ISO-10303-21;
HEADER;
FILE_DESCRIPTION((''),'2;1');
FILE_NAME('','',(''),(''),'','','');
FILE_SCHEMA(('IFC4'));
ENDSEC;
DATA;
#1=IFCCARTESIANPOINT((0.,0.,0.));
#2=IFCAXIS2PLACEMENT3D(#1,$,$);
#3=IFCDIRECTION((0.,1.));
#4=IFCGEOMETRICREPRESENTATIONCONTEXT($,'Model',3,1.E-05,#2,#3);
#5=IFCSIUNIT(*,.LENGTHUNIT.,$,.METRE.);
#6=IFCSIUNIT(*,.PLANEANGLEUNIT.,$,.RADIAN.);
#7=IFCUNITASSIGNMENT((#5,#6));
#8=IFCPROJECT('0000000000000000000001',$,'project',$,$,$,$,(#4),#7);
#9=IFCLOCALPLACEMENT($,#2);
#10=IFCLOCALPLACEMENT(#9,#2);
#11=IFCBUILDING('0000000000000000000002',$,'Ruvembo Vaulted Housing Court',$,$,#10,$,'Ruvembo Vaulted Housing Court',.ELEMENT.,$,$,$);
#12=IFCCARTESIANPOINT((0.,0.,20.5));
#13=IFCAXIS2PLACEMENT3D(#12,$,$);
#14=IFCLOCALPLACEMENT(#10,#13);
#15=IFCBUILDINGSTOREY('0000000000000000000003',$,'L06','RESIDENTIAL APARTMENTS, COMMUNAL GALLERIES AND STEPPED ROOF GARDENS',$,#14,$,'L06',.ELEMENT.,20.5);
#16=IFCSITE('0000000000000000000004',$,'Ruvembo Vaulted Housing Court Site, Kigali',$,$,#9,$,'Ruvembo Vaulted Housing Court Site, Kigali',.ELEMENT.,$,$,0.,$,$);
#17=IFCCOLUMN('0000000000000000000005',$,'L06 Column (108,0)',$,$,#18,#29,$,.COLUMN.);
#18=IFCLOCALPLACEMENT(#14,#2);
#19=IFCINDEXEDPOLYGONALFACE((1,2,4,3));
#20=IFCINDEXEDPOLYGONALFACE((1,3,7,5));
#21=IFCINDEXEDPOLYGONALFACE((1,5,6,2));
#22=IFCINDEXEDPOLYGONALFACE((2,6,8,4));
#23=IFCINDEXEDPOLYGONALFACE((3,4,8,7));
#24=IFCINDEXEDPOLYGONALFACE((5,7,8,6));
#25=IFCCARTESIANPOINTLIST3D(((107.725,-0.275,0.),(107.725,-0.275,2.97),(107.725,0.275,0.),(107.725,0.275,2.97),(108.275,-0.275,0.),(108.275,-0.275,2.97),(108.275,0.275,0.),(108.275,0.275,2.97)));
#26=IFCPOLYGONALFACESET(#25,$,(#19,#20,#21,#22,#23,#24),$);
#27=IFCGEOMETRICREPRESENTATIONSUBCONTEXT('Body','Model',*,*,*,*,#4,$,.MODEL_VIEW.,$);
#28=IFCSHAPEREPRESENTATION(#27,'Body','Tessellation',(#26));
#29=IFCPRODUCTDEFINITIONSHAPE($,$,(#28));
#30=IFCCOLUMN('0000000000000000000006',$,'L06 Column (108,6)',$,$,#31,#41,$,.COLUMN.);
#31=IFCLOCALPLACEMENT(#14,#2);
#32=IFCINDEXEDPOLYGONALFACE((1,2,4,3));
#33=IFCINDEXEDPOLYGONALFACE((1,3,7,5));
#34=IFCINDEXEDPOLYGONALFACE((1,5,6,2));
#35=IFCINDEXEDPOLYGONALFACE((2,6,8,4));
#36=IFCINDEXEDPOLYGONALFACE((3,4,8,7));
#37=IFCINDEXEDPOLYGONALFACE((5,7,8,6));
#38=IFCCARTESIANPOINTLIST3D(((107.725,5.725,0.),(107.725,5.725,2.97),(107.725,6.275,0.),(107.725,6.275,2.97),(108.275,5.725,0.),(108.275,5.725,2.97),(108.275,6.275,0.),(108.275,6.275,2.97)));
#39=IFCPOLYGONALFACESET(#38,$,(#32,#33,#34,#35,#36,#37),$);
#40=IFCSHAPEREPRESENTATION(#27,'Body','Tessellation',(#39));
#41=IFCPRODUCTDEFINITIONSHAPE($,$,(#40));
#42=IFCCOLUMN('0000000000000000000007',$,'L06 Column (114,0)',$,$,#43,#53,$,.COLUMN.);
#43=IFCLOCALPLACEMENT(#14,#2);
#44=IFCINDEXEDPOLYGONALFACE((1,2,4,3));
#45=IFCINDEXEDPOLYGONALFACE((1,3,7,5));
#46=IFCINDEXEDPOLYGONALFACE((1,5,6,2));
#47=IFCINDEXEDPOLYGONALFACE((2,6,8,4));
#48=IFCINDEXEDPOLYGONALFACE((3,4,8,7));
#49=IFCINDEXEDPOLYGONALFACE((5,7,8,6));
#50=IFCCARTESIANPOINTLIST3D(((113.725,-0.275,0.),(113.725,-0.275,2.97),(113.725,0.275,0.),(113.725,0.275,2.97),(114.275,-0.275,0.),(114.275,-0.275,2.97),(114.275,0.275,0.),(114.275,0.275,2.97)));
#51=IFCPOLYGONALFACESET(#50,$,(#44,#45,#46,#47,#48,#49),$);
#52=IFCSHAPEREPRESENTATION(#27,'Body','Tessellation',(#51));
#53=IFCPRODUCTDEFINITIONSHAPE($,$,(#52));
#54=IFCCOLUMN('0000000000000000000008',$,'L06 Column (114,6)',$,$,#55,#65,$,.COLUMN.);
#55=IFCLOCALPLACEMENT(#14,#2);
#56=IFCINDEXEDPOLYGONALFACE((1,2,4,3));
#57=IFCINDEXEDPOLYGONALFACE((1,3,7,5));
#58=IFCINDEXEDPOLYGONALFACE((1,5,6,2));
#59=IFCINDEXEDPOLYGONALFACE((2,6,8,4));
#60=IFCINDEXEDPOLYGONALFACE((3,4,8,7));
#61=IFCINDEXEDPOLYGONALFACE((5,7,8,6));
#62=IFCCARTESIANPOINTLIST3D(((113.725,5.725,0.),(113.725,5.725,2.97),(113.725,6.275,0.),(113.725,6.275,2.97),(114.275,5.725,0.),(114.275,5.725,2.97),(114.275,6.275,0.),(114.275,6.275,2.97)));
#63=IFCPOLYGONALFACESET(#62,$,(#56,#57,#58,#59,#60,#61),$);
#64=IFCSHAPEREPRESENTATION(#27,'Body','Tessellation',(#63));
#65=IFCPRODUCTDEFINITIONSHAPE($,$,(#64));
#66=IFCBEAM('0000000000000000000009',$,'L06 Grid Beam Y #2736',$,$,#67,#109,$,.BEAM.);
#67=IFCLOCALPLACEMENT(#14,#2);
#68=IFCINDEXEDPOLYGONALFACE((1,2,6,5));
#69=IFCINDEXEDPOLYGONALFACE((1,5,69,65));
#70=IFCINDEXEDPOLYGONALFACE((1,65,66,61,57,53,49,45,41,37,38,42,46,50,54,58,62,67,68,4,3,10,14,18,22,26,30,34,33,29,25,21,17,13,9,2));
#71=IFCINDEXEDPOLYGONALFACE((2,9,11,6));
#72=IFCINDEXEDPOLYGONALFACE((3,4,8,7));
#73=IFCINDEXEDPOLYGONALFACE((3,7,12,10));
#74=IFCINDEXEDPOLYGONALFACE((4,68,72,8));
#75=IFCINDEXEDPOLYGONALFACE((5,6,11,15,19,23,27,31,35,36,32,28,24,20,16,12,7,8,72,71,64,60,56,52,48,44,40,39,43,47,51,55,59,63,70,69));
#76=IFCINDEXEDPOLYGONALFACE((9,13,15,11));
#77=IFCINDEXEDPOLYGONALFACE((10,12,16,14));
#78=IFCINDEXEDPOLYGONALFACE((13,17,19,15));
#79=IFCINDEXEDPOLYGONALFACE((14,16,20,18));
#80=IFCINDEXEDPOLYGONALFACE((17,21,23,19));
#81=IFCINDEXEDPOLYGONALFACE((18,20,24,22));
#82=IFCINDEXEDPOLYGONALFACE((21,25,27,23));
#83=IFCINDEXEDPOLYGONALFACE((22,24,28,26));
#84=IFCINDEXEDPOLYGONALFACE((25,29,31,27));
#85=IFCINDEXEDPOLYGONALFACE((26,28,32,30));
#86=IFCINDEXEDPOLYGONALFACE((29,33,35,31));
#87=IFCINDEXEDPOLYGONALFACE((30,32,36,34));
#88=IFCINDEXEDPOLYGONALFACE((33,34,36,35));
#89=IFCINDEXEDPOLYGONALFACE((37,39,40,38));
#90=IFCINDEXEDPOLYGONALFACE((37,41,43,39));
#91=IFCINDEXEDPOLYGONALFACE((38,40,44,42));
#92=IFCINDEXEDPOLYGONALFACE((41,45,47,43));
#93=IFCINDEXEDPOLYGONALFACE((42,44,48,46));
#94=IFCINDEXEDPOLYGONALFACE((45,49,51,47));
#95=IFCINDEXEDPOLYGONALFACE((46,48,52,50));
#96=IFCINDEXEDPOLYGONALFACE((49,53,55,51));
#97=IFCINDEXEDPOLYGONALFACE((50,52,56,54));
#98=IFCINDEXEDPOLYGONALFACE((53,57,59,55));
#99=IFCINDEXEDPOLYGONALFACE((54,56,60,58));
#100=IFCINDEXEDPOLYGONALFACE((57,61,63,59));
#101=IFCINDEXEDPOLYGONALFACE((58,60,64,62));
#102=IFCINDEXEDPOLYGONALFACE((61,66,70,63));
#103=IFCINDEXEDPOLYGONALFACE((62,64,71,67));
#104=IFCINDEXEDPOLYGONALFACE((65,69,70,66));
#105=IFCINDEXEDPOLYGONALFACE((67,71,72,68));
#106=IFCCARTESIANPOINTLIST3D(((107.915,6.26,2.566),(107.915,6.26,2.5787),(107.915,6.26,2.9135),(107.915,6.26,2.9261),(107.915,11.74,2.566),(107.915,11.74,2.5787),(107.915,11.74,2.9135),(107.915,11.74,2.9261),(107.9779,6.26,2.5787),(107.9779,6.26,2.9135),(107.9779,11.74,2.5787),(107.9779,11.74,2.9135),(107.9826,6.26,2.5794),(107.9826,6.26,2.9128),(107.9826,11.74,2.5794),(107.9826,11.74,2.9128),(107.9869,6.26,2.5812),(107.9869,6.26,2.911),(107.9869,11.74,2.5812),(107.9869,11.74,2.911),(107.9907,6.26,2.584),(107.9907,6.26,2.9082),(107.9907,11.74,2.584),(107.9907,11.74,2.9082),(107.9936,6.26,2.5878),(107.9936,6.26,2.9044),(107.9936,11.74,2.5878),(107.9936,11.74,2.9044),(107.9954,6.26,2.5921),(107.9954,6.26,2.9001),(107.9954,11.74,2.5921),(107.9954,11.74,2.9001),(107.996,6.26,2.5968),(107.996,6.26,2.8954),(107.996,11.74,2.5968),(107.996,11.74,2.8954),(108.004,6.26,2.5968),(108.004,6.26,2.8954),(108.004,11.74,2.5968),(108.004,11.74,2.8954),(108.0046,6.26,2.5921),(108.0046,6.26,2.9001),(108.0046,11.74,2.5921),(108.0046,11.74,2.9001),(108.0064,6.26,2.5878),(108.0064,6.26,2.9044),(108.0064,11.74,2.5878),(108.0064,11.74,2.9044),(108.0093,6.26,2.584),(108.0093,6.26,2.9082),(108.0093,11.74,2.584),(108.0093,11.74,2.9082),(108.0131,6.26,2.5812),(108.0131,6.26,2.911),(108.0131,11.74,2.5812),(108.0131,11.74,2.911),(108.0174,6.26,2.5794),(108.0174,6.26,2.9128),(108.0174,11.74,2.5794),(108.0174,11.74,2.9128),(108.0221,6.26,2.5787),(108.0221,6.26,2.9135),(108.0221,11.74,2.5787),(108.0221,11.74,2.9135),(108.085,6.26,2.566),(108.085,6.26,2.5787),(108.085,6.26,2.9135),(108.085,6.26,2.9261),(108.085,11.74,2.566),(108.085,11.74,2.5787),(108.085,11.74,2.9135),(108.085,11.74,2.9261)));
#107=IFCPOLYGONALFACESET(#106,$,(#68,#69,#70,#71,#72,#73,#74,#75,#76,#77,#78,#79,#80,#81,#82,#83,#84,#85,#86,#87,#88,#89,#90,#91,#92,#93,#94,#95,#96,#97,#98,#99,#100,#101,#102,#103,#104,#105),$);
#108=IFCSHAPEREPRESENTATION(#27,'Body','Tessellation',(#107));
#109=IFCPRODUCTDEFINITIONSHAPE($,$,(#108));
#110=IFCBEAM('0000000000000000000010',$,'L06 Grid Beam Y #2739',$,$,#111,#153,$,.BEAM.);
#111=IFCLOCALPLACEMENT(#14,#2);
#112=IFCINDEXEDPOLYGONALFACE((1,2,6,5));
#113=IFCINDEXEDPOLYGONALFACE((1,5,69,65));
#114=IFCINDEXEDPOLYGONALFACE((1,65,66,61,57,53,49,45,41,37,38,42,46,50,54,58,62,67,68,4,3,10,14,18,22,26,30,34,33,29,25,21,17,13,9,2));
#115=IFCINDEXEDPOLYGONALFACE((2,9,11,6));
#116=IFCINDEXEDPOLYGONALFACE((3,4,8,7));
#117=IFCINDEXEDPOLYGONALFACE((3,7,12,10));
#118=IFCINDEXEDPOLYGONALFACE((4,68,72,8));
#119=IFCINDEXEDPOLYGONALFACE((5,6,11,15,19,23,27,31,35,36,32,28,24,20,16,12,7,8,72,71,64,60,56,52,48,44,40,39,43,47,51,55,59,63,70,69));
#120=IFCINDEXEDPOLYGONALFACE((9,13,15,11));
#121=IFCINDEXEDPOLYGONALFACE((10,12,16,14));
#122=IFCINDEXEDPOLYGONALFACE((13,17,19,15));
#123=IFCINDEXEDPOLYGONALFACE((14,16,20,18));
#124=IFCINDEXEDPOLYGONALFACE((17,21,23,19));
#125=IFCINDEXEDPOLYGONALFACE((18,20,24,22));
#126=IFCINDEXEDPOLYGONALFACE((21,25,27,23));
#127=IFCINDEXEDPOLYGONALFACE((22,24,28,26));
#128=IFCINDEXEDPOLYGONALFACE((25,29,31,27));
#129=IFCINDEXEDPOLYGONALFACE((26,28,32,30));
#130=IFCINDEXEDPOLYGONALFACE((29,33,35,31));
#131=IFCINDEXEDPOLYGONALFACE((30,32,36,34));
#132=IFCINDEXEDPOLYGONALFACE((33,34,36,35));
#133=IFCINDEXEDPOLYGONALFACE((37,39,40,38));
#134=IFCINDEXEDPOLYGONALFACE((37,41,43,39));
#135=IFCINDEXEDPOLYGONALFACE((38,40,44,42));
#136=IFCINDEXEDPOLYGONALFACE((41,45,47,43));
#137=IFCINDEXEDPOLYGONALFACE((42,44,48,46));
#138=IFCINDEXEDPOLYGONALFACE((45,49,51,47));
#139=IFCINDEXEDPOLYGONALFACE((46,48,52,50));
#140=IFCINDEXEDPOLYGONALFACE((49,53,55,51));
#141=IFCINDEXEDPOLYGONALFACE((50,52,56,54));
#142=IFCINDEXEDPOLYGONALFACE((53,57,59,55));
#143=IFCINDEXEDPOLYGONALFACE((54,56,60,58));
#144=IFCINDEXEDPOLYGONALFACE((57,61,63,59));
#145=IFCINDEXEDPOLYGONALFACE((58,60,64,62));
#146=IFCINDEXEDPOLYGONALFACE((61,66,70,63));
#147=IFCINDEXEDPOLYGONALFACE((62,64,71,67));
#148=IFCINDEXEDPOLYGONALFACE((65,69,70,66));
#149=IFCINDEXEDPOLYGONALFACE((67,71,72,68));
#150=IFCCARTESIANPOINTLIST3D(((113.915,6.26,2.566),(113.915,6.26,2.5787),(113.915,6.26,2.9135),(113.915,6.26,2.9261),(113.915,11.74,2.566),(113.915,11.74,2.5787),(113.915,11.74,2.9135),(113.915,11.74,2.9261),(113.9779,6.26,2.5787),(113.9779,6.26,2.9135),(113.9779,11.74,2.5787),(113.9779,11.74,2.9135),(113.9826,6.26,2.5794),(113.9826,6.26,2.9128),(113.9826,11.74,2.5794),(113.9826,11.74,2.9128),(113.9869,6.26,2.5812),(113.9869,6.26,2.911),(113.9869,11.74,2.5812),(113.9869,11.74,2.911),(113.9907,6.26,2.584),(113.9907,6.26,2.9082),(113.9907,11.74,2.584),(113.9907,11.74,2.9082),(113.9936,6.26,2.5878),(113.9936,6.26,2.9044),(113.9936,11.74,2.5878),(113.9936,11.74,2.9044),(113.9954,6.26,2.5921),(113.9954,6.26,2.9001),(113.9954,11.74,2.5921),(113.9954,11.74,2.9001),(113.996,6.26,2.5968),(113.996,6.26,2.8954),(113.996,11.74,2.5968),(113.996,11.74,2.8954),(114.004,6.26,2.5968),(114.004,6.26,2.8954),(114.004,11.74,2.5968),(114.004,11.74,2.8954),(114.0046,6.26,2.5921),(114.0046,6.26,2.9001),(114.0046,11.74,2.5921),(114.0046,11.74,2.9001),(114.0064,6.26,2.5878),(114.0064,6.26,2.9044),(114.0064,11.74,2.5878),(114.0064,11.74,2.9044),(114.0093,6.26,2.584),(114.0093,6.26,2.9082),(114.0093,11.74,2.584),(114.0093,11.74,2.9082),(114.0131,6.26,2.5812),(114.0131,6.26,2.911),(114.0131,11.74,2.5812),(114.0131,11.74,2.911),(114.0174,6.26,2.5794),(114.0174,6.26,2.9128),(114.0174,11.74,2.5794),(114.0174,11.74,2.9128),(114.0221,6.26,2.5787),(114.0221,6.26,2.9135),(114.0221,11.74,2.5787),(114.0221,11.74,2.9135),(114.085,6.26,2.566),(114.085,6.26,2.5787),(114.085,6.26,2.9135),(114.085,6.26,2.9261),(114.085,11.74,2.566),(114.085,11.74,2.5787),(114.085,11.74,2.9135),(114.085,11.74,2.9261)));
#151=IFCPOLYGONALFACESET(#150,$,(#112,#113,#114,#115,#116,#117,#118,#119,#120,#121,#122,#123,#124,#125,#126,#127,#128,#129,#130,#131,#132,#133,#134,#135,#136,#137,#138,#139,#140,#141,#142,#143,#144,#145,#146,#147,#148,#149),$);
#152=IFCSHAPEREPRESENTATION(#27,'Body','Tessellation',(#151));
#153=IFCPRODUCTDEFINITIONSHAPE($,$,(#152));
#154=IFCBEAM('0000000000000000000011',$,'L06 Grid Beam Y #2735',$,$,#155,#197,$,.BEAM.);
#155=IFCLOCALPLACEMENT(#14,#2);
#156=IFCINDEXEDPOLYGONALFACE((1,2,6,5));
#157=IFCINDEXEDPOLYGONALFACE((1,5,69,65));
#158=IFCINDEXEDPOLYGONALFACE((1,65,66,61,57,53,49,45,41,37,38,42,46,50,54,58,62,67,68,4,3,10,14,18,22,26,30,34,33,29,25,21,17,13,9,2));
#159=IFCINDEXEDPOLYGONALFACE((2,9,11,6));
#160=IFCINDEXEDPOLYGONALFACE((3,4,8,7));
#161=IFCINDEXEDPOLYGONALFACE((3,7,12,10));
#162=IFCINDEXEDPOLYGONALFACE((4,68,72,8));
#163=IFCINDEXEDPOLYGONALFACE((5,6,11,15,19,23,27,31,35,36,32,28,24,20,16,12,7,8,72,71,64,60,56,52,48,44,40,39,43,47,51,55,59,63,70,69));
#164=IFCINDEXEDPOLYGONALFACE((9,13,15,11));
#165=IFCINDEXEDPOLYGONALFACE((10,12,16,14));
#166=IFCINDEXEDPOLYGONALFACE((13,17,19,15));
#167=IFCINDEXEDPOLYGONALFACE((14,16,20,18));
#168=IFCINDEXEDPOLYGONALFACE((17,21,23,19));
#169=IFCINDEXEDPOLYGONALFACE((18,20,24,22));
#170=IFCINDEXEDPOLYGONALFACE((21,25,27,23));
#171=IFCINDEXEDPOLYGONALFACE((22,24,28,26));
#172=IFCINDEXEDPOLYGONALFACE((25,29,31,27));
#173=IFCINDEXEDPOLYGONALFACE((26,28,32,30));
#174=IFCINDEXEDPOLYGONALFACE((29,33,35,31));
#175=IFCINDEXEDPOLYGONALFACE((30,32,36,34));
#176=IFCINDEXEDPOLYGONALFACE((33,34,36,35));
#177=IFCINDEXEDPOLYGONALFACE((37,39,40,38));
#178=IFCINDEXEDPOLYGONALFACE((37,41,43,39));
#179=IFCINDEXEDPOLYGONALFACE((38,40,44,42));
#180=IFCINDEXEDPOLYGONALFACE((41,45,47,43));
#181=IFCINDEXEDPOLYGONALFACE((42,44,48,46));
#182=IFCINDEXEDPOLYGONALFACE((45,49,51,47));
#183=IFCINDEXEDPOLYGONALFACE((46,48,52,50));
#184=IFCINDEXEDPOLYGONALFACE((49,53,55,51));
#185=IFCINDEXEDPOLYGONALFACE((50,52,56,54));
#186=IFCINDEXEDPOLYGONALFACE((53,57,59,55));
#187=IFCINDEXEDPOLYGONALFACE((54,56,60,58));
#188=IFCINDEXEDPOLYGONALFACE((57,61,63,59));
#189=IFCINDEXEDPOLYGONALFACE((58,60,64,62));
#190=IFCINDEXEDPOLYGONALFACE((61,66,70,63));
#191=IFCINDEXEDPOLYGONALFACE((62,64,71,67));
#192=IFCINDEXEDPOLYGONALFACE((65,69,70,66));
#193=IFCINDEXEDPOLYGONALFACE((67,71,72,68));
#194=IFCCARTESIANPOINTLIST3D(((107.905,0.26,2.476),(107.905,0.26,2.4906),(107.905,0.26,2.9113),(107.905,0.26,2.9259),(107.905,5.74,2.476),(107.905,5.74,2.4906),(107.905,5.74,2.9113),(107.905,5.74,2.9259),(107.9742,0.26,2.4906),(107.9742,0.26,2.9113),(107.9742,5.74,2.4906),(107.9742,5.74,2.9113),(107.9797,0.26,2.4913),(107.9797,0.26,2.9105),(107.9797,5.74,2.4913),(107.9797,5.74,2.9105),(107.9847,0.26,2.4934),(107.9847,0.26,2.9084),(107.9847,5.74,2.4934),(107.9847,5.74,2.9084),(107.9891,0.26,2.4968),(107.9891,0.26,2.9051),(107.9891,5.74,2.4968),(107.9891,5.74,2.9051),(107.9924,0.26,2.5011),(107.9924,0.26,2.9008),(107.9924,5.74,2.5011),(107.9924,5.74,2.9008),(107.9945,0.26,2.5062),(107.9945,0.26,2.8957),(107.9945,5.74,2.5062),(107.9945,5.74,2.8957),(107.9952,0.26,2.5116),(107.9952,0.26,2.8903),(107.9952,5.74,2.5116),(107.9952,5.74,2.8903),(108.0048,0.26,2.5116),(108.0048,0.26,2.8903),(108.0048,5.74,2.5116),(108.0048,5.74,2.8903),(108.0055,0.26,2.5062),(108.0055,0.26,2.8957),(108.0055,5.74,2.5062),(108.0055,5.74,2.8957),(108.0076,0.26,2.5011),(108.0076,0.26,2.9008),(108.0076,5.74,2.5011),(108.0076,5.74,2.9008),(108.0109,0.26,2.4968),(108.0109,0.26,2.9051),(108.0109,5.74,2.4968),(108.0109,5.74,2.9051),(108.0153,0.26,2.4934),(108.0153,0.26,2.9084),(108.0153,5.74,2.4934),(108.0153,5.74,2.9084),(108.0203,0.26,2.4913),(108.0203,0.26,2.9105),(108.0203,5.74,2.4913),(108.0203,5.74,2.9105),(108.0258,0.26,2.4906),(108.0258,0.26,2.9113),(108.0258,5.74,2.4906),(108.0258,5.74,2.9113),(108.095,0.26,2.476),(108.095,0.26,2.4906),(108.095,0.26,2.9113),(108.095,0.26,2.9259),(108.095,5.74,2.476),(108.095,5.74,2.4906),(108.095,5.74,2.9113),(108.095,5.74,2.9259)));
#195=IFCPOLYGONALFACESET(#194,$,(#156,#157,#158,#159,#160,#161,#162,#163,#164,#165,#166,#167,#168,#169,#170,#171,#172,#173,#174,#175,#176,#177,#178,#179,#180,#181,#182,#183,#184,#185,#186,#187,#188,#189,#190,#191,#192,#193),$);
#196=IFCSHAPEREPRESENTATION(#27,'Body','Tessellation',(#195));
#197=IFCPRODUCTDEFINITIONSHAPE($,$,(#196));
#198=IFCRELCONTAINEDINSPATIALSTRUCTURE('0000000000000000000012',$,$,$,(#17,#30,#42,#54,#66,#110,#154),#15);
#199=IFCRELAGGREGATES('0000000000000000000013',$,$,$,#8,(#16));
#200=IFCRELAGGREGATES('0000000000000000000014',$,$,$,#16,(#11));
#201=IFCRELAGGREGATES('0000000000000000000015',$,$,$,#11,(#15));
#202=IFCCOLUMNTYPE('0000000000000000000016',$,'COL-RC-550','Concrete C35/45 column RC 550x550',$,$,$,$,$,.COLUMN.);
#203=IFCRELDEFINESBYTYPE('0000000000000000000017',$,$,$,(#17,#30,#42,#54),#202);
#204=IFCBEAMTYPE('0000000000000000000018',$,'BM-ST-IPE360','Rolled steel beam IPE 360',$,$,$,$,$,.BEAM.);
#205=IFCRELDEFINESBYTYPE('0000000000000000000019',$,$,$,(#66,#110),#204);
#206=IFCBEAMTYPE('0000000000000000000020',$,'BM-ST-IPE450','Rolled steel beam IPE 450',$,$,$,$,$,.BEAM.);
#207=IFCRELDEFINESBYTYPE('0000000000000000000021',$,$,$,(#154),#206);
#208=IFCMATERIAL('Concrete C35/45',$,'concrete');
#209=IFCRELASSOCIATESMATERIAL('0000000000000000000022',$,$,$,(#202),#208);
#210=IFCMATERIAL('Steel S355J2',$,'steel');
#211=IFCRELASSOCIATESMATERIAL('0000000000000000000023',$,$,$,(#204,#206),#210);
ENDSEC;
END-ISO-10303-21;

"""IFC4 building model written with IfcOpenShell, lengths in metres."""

from ifc_helpers import new_model, si_unit, direction, frame, origin, origin_2d, place, context, subcontext, project, spatial, rectangle, i_section, extrude, material, material_profile, profile_set, type_object, element, save


model = new_model("IFC4")

# Units and contexts
model_context = context("Model", 3, precision=1e-05, world=origin(), true_north=direction((0.0, 1.0)))
body_context = subcontext(model_context, "Body", "Model", "MODEL_VIEW")
ifc_project = project(units=[si_unit("LENGTHUNIT", "METRE"), si_unit("PLANEANGLEUNIT", "RADIAN")], contexts=[model_context])

# Site, building, storey
site_placement = place(None, origin())
site = spatial("IfcSite", under=ifc_project, at=site_placement, Name="Ruvembo Vaulted Housing Court Site, Kigali", LongName="Ruvembo Vaulted Housing Court Site, Kigali", CompositionType="ELEMENT", RefElevation=0.0)
building_placement = place(site_placement, origin())
building = spatial("IfcBuilding", under=site, at=building_placement, Name="Ruvembo Vaulted Housing Court", LongName="Ruvembo Vaulted Housing Court", CompositionType="ELEMENT")
storey_placement = place(building_placement, frame((0.0, 0.0, 20.5)))
storey = spatial("IfcBuildingStorey", under=building, at=storey_placement, Name="L06", Description="RESIDENTIAL APARTMENTS, COMMUNAL GALLERIES AND STEPPED ROOF GARDENS", LongName="L06", CompositionType="ELEMENT", Elevation=20.5)

# Columns
ifc_material_1 = material(Name="Concrete C35/45", Category="concrete")
ifc_material_profile_1 = material_profile(ifc_material_1, rectangle(XDim=0.55, YDim=0.55, at=origin_2d()), Name="RC 550x550")
ifc_profile_set_1 = profile_set([ifc_material_profile_1], Name="Concrete C35/45")
column_type = type_object("IfcColumnType", Name="COL-RC-550", Description="Concrete C35/45 column RC 550x550", PredefinedType="COLUMN", material=ifc_profile_set_1)
for number, where, z_axis, x_axis, name in (
    (1, (108.0, 0.0, 0.0), (0.0, 0.0, 1.0), (1.0, 0.0, 0.0), "L06 Column (108,0)"),
    (2, (108.0, 6.0, 0.0), (0.0, 0.0, 1.0), (1.0, 0.0, 0.0), "L06 Column (108,6)"),
    (3, (114.0, 0.0, 0.0), (0.0, 0.0, 1.0), (1.0, 0.0, 0.0), "L06 Column (114,0)"),
    (4, (114.0, 6.0, 0.0), (0.0, 0.0, 1.0), (1.0, 0.0, 0.0), "L06 Column (114,6)"),
):
    element("IfcColumn", number, at=place(storey_placement, frame(where, z_axis=z_axis, x_axis=x_axis)), inside=storey, type_object=column_type, Name=name, PredefinedType="COLUMN", context=body_context, shape_type="SweptSolid", body=[
        extrude(rectangle(XDim=0.55, YDim=0.55, at=origin_2d()), origin(), (0.0, 0.0, 1.0), 2.97),
    ])

# Beams
ifc_material_2 = material(Name="Steel S355J2", Category="steel")
ifc_material_profile_2 = material_profile(ifc_material_2, i_section(OverallWidth=0.1699, OverallDepth=0.3601, WebThickness=0.0081, FlangeThickness=0.0127, FilletRadius=0.0181, at=origin_2d()), Name="IPE 360")
ifc_profile_set_2 = profile_set([ifc_material_profile_2], Name="Steel S355J2")
beam_type_1 = type_object("IfcBeamType", Name="BM-ST-IPE360", Description="Rolled steel beam IPE 360", PredefinedType="BEAM", material=ifc_profile_set_2)
for number, where, z_axis, x_axis, name in (
    (5, (108.0, 6.26, 2.7461), (0.0, 1.0, 0.0), (-1.0, 0.0, 0.0), "L06 Grid Beam Y #2736"),
    (6, (114.0, 6.26, 2.7461), (0.0, 1.0, 0.0), (-1.0, 0.0, 0.0), "L06 Grid Beam Y #2739"),
):
    element("IfcBeam", number, at=place(storey_placement, frame(where, z_axis=z_axis, x_axis=x_axis)), inside=storey, type_object=beam_type_1, Name=name, PredefinedType="BEAM", context=body_context, shape_type="SweptSolid", body=[
        extrude(i_section(OverallWidth=0.1699, OverallDepth=0.3601, WebThickness=0.0081, FlangeThickness=0.0127, FilletRadius=0.0181, at=origin_2d()), origin(), (0.0, 0.0, 1.0), 5.48),
    ])
ifc_material_profile_3 = material_profile(ifc_material_2, i_section(OverallWidth=0.1899, OverallDepth=0.45, WebThickness=0.0095, FlangeThickness=0.0146, FilletRadius=0.021, at=origin_2d()), Name="IPE 450")
ifc_profile_set_3 = profile_set([ifc_material_profile_3], Name="Steel S355J2")
beam_type_2 = type_object("IfcBeamType", Name="BM-ST-IPE450", Description="Rolled steel beam IPE 450", PredefinedType="BEAM", material=ifc_profile_set_3)
for number, where, z_axis, x_axis, name in (
    (7, (108.0, 0.26, 2.7009), (0.0, 1.0, 0.0), (-1.0, 0.0, 0.0), "L06 Grid Beam Y #2735"),
):
    element("IfcBeam", number, at=place(storey_placement, frame(where, z_axis=z_axis, x_axis=x_axis)), inside=storey, type_object=beam_type_2, Name=name, PredefinedType="BEAM", context=body_context, shape_type="SweptSolid", body=[
        extrude(i_section(OverallWidth=0.1899, OverallDepth=0.45, WebThickness=0.0095, FlangeThickness=0.0146, FilletRadius=0.021, at=origin_2d()), origin(), (0.0, 0.0, 1.0), 5.48),
    ])

save(model, "model.ifc")
